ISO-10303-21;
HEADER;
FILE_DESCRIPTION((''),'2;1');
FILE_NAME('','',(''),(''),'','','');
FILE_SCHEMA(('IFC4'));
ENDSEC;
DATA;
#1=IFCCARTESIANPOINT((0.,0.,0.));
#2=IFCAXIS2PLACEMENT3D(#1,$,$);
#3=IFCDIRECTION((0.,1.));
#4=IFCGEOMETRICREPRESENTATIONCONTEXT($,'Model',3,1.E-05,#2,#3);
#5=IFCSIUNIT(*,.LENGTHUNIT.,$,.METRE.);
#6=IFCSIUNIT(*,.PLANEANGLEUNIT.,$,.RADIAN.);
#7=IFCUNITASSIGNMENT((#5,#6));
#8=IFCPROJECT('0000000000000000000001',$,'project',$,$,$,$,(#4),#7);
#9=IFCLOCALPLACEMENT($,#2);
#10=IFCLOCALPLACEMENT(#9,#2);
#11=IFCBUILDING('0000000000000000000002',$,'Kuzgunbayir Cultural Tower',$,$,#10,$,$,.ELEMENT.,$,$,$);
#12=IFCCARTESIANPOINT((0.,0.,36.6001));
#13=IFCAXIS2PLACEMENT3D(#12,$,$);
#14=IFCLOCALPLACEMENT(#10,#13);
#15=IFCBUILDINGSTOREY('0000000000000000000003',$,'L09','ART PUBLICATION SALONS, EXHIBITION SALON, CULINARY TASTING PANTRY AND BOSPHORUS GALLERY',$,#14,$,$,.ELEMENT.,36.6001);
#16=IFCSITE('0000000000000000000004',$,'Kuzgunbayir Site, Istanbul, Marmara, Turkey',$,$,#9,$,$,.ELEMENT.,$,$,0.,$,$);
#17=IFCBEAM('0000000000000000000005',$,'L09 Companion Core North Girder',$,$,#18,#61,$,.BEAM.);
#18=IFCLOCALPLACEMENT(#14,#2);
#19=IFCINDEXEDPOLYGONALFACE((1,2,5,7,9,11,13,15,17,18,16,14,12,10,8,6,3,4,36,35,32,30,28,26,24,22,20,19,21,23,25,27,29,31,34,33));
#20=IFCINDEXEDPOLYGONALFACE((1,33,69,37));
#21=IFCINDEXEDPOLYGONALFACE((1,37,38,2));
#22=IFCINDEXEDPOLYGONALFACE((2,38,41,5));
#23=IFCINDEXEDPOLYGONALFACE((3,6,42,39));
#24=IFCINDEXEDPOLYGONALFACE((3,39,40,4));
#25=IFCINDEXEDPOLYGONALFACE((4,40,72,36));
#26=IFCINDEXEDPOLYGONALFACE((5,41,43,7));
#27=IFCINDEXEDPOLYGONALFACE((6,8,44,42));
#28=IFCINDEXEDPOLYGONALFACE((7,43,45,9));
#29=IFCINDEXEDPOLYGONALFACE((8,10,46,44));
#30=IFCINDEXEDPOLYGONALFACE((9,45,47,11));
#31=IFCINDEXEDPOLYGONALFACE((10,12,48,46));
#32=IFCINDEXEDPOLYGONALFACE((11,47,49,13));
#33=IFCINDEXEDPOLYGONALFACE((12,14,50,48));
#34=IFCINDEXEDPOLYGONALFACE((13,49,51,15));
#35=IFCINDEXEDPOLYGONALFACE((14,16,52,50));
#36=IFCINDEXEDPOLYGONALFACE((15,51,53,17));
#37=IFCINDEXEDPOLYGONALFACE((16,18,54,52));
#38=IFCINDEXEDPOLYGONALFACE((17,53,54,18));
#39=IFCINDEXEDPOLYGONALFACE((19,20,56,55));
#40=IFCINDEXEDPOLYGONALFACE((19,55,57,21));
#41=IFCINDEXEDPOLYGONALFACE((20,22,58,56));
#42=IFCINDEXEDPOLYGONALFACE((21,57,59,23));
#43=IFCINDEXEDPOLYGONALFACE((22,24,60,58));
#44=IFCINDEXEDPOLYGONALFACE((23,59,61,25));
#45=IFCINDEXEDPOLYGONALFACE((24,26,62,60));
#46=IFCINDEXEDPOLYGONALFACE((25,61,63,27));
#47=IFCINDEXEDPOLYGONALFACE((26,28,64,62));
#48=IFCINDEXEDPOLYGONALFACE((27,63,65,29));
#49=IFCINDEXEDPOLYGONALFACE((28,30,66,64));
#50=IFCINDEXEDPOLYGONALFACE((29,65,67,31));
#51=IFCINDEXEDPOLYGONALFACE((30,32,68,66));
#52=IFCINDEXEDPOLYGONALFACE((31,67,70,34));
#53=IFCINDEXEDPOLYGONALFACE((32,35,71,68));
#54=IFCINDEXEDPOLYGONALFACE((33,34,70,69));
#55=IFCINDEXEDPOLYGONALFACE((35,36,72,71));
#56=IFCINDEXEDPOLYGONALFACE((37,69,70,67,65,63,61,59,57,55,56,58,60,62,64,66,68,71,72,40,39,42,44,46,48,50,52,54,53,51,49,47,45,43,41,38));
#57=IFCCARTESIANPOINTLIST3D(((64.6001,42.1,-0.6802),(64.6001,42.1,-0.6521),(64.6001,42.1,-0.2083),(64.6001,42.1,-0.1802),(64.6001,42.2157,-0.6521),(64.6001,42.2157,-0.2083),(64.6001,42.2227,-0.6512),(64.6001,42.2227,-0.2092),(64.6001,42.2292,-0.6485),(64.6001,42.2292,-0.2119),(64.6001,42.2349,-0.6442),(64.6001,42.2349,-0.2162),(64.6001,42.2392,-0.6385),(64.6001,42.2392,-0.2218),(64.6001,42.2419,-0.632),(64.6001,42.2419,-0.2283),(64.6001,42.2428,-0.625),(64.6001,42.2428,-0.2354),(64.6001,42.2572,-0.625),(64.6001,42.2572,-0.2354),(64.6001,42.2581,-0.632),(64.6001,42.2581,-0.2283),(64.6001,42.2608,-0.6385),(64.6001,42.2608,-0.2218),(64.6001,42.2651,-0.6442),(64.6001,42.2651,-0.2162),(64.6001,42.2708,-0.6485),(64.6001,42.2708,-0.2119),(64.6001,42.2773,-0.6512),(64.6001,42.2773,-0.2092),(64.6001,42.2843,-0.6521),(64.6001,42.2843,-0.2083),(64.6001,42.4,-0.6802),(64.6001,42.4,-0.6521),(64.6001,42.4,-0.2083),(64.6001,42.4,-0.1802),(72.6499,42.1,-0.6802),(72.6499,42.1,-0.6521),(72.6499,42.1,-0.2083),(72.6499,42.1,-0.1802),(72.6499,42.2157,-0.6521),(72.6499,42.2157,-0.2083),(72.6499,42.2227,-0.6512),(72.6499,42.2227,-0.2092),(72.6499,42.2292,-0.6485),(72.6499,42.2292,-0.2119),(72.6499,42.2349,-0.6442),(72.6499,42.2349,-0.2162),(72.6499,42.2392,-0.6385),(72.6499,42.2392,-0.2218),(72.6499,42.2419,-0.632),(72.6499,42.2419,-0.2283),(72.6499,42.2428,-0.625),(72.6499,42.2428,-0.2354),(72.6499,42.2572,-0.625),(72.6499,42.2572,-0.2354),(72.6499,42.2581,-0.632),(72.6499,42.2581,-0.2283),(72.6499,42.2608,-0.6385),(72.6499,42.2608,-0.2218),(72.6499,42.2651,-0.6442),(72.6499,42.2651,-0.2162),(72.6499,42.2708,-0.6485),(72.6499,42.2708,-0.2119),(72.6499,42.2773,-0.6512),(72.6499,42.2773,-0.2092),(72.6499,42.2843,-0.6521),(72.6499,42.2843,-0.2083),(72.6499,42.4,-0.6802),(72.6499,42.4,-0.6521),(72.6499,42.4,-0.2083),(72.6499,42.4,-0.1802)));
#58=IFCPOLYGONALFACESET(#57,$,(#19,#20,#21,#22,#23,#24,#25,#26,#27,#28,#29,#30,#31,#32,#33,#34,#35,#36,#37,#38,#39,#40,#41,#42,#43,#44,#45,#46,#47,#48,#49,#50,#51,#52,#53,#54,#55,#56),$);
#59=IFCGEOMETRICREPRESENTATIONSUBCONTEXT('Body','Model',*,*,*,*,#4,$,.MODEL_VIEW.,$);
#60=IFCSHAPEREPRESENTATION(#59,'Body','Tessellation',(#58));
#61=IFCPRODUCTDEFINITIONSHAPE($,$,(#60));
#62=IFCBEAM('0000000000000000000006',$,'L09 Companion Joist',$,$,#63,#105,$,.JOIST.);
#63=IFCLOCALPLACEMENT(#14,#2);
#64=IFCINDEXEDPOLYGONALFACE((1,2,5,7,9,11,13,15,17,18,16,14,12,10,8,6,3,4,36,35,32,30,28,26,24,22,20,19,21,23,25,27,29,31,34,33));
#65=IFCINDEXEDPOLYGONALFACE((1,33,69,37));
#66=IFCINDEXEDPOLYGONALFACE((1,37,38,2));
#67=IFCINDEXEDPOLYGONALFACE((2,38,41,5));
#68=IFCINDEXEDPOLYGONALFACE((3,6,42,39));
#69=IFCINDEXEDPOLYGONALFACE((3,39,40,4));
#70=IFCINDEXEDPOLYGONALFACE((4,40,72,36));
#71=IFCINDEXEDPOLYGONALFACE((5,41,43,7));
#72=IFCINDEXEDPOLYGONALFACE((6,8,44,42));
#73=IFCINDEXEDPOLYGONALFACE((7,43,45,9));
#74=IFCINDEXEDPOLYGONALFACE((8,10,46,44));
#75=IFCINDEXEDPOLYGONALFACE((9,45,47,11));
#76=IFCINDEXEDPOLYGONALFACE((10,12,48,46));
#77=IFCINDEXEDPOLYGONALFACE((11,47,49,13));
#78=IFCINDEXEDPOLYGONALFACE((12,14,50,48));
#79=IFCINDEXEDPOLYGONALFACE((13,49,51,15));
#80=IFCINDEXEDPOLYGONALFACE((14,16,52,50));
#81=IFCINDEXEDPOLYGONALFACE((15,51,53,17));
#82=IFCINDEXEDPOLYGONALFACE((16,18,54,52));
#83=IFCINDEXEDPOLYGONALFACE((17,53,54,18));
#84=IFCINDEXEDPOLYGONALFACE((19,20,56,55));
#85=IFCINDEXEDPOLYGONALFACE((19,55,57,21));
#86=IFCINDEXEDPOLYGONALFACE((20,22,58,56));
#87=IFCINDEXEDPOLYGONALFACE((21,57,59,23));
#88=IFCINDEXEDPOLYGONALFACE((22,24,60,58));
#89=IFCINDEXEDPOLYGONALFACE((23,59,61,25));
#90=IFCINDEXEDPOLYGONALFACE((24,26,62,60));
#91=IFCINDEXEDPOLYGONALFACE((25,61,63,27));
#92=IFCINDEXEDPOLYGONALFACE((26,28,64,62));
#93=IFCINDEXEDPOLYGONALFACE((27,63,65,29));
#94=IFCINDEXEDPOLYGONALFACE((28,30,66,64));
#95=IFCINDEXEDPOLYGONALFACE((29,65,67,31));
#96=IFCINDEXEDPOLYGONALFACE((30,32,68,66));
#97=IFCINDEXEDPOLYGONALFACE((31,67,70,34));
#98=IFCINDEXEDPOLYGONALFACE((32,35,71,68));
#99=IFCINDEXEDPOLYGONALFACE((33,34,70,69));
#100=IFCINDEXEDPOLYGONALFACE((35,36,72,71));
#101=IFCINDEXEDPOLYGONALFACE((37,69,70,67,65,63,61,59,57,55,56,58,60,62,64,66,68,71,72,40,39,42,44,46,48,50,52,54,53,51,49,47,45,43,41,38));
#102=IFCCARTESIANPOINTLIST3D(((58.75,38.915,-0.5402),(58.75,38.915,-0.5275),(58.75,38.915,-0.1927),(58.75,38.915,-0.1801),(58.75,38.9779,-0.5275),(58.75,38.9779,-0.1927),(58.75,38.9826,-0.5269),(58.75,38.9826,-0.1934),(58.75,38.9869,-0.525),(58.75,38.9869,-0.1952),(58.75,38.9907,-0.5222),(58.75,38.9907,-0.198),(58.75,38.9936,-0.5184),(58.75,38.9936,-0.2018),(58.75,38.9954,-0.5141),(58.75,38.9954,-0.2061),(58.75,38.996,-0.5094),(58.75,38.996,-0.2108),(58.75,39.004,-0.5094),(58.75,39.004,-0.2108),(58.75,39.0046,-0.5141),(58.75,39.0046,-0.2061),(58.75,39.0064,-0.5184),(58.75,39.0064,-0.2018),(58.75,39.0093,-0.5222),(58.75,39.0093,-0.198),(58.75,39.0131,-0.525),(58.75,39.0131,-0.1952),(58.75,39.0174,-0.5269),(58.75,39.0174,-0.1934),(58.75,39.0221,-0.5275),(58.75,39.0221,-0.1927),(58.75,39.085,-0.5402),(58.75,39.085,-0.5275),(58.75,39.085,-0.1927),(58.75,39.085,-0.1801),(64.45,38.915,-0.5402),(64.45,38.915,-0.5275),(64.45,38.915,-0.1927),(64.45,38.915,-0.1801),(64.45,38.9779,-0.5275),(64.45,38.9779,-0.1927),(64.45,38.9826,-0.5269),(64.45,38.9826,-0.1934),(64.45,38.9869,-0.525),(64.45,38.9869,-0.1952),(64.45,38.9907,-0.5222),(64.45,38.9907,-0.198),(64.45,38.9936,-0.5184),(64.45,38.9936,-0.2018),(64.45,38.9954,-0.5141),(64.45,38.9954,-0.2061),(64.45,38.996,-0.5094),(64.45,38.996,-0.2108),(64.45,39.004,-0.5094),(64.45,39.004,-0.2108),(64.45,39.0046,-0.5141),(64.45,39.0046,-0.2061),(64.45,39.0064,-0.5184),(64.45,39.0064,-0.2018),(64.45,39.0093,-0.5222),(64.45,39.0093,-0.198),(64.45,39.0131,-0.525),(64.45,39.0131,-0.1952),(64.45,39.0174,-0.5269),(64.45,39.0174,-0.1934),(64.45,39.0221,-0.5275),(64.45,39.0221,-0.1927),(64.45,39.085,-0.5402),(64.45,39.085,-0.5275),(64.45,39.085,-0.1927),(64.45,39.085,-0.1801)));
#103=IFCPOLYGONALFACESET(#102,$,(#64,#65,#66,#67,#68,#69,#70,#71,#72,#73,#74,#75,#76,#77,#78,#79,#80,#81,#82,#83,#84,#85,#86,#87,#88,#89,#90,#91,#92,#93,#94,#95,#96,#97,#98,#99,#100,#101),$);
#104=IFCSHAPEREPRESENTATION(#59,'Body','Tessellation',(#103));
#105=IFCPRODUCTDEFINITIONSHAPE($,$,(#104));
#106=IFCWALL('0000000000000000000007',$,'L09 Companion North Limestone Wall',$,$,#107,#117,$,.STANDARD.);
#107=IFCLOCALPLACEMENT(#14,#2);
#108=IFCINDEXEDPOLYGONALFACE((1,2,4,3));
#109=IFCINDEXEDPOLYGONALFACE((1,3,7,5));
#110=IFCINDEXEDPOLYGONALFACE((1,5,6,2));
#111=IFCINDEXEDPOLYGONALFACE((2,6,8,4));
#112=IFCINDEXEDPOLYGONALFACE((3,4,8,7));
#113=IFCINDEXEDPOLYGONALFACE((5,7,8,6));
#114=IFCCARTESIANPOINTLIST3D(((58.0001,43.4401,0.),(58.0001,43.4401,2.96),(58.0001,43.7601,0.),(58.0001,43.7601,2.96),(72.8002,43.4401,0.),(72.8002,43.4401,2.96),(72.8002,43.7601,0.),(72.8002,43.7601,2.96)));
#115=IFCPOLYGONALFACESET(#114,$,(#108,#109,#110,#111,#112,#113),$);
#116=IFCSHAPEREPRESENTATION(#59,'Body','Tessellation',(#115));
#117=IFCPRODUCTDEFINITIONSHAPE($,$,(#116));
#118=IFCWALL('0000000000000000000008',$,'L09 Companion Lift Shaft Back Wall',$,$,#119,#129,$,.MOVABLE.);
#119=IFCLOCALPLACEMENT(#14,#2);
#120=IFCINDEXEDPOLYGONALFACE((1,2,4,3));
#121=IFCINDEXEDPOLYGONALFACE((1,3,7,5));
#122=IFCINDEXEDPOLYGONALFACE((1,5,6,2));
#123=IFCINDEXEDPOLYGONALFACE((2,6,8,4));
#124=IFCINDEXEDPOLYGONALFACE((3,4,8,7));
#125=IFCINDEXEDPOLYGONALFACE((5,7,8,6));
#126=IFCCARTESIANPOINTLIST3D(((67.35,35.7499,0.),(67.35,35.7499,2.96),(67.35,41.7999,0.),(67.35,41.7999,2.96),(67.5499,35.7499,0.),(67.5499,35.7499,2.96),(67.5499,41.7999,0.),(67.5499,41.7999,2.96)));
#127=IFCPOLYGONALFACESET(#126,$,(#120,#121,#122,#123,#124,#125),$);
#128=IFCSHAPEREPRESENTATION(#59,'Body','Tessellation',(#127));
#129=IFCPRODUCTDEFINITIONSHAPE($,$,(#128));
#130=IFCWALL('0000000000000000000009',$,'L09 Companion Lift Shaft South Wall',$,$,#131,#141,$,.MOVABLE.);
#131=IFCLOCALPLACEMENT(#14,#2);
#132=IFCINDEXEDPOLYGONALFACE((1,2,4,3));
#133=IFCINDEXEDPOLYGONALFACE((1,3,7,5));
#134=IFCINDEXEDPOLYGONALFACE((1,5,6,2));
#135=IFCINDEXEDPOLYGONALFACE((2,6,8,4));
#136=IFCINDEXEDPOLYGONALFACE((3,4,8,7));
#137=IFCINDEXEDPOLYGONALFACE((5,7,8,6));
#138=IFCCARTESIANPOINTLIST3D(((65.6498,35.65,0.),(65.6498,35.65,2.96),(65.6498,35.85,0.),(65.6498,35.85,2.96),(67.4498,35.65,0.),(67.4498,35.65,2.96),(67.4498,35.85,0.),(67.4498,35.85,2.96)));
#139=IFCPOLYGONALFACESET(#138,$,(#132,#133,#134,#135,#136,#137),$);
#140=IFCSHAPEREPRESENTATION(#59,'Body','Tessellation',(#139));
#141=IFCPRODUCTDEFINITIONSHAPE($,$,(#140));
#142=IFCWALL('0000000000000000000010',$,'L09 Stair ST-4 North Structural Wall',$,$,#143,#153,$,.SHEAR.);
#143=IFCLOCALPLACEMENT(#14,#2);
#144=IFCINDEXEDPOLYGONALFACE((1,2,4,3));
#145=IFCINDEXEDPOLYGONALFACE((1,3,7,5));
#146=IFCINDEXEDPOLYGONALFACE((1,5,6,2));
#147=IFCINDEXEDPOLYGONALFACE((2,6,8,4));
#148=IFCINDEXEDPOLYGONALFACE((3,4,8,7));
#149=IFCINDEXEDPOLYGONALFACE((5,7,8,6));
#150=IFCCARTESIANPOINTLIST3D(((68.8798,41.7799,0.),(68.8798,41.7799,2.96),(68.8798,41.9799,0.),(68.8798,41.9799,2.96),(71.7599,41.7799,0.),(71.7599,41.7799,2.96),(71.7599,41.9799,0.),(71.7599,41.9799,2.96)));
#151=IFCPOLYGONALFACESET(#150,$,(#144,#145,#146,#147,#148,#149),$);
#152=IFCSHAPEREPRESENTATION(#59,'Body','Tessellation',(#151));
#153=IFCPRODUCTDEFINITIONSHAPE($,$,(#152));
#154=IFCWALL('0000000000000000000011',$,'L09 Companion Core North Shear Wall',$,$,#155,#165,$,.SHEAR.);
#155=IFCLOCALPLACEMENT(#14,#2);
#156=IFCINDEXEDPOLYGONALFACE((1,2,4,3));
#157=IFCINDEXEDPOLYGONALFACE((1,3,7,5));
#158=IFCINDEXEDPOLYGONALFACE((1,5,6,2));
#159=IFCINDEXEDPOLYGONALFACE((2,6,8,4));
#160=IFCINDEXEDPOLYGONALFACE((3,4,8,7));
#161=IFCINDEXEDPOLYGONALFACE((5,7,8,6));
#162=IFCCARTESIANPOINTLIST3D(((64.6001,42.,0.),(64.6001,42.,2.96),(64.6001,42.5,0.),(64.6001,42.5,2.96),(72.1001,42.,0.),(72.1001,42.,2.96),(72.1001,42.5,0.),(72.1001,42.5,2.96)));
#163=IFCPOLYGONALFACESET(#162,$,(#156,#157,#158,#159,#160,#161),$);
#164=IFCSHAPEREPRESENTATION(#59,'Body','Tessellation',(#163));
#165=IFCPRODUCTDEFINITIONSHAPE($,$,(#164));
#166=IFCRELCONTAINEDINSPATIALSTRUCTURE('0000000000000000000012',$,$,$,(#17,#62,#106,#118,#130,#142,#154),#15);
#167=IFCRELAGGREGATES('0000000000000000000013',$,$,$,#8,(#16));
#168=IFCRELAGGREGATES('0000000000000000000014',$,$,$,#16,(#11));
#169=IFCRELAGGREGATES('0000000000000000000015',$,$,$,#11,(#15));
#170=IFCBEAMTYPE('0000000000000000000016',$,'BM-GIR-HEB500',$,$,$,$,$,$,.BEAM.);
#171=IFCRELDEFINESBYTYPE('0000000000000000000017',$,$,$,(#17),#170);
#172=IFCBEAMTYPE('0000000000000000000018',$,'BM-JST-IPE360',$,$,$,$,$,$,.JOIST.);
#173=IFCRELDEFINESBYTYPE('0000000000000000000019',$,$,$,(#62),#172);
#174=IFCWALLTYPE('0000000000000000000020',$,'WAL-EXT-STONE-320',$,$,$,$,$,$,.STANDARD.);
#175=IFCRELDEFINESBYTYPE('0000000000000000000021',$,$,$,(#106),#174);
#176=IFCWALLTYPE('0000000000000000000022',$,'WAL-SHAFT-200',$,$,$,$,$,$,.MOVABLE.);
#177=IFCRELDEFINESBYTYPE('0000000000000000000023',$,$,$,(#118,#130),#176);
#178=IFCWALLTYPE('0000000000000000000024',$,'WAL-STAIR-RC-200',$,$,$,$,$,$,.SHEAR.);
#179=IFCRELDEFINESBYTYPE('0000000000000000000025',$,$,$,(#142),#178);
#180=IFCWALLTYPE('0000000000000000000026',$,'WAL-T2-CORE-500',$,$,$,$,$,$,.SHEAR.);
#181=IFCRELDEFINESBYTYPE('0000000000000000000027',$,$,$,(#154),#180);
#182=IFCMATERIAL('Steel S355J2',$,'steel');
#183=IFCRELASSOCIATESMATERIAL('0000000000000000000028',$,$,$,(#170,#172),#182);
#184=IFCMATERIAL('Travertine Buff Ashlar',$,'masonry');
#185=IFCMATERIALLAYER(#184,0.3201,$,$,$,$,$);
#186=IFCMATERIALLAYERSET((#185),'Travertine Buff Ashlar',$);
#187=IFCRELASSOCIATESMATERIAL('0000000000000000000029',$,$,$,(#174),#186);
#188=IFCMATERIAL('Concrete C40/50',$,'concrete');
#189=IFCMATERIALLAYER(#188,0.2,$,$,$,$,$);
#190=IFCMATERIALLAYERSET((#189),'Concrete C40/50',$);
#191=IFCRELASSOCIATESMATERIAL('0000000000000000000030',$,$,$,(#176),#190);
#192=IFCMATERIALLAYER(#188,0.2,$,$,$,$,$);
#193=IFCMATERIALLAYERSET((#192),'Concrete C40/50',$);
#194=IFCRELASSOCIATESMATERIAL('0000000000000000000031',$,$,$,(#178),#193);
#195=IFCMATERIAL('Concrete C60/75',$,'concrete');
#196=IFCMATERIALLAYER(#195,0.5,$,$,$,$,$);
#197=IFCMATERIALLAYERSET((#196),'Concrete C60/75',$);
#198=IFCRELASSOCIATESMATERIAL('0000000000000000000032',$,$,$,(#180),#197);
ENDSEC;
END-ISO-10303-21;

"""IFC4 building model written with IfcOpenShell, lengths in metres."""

from ifc_helpers import new_model, si_unit, direction, frame, frame_2d, origin, origin_2d, place, context, subcontext, project, spatial, rectangle, i_section, extrude, material, layer, layer_set, material_profile, profile_set, type_object, element, save


model = new_model("IFC4")

# Units and contexts
model_context = context("Model", 3, precision=1e-05, world=origin(), true_north=direction((0.0, 1.0)))
body_context = subcontext(model_context, "Body", "Model", "MODEL_VIEW")
ifc_project = project(units=[si_unit("LENGTHUNIT", "METRE"), si_unit("PLANEANGLEUNIT", "RADIAN")], contexts=[model_context])

# Site, building, storey
site_placement = place(None, origin())
site = spatial("IfcSite", under=ifc_project, at=site_placement, Name="Kuzgunbayir Site, Istanbul, Marmara, Turkey", CompositionType="ELEMENT", RefElevation=0.0)
building_placement = place(site_placement, origin())
building = spatial("IfcBuilding", under=site, at=building_placement, Name="Kuzgunbayir Cultural Tower", CompositionType="ELEMENT")
storey_placement = place(building_placement, frame((0.0, 0.0, 36.6001)))
storey = spatial("IfcBuildingStorey", under=building, at=storey_placement, Name="L09", Description="ART PUBLICATION SALONS, EXHIBITION SALON, CULINARY TASTING PANTRY AND BOSPHORUS GALLERY", CompositionType="ELEMENT", Elevation=36.6001)

# Shared definitions
ifc_material_1 = material(Name="Concrete C60/75", Category="concrete")

# Beams
ifc_material_2 = material(Name="Steel S355J2", Category="steel")
ifc_material_profile_1 = material_profile(ifc_material_2, i_section(OverallWidth=0.3, OverallDepth=0.5, WebThickness=0.0144, FlangeThickness=0.0281, FilletRadius=0.0271, at=origin_2d()), Name="HEB 500")
ifc_profile_set_1 = profile_set([ifc_material_profile_1], Name="Steel S355J2")
beam_type_1 = type_object("IfcBeamType", Name="BM-GIR-HEB500", PredefinedType="BEAM", material=ifc_profile_set_1)
beam_1_placement = place(storey_placement, frame((64.6001, 42.25, -0.4302), z_axis=(1.0, 0.0, 0.0), x_axis=(0.0, 1.0, 0.0)))
element("IfcBeam", 1, at=beam_1_placement, inside=storey, type_object=beam_type_1, Name="L09 Companion Core North Girder", PredefinedType="BEAM", context=body_context, shape_type="SweptSolid", body=[
    extrude(i_section(OverallWidth=0.3, OverallDepth=0.5, WebThickness=0.0144, FlangeThickness=0.0281, FilletRadius=0.0271, at=origin_2d()), origin(), (0.0, 0.0, 1.0), 8.0498),
])
ifc_material_profile_2 = material_profile(ifc_material_2, i_section(OverallWidth=0.1699, OverallDepth=0.3601, WebThickness=0.0081, FlangeThickness=0.0127, FilletRadius=0.0181, at=origin_2d()), Name="IPE 360")
ifc_profile_set_2 = profile_set([ifc_material_profile_2], Name="Steel S355J2")
beam_type_2 = type_object("IfcBeamType", Name="BM-JST-IPE360", PredefinedType="JOIST", material=ifc_profile_set_2)
beam_2_placement = place(storey_placement, frame((58.75, 39.0, -0.3601), z_axis=(1.0, 0.0, 0.0), x_axis=(0.0, 1.0, 0.0)))
element("IfcBeam", 2, at=beam_2_placement, inside=storey, type_object=beam_type_2, Name="L09 Companion Joist", PredefinedType="JOIST", context=body_context, shape_type="SweptSolid", body=[
    extrude(i_section(OverallWidth=0.1699, OverallDepth=0.3601, WebThickness=0.0081, FlangeThickness=0.0127, FilletRadius=0.0181, at=origin_2d()), origin(), (0.0, 0.0, 1.0), 5.7),
])

# Wall
ifc_material_3 = material(Name="Travertine Buff Ashlar", Category="masonry")
ifc_layer_1 = layer(ifc_material_3, 0.3201)
ifc_layer_set_1 = layer_set([ifc_layer_1], Name="Travertine Buff Ashlar")
wall_type_1 = type_object("IfcWallType", Name="WAL-EXT-STONE-320", PredefinedType="STANDARD", material=ifc_layer_set_1)
wall_1_placement = place(storey_placement, frame((72.8, 43.6001, 0.0), z_axis=(0.0, 0.0, 1.0), x_axis=(-1.0, 0.0, 0.0)))
element("IfcWall", 3, at=wall_1_placement, inside=storey, type_object=wall_type_1, Name="L09 Companion North Limestone Wall", PredefinedType="STANDARD", context=body_context, shape_type="SweptSolid", body=[
    extrude(rectangle(XDim=14.8, YDim=0.3201, at=frame_2d((7.3999, 0.0))), origin(), (0.0, 0.0, 1.0), 2.96),
])

# Shared definitions
ifc_material_4 = material(Name="Concrete C40/50", Category="concrete")
ifc_layer_2 = layer(ifc_material_4, 0.2)
ifc_layer_set_2 = layer_set([ifc_layer_2], Name="Concrete C40/50")
wall_type_2 = type_object("IfcWallType", Name="WAL-SHAFT-200", PredefinedType="MOVABLE", material=ifc_layer_set_2)

# Walls
wall_2_placement = place(storey_placement, frame((67.45, 35.75, 0.0), z_axis=(0.0, 0.0, 1.0), x_axis=(0.0, 1.0, 0.0)))
element("IfcWall", 4, at=wall_2_placement, inside=storey, type_object=wall_type_2, Name="L09 Companion Lift Shaft Back Wall", PredefinedType="MOVABLE", context=body_context, shape_type="SweptSolid", body=[
    extrude(rectangle(XDim=6.05, YDim=0.2, at=frame_2d((3.0249, 0.0))), origin(), (0.0, 0.0, 1.0), 2.96),
])
wall_3_placement = place(storey_placement, frame((65.6499, 35.75, 0.0), z_axis=(0.0, 0.0, 1.0), x_axis=(1.0, 0.0, 0.0)))
element("IfcWall", 5, at=wall_3_placement, inside=storey, type_object=wall_type_2, Name="L09 Companion Lift Shaft South Wall", PredefinedType="MOVABLE", context=body_context, shape_type="SweptSolid", body=[
    extrude(rectangle(XDim=1.8, YDim=0.2, at=frame_2d((0.8999, 0.0))), origin(), (0.0, 0.0, 1.0), 2.96),
])
ifc_layer_3 = layer(ifc_material_4, 0.2)
ifc_layer_set_3 = layer_set([ifc_layer_3], Name="Concrete C40/50")
wall_type_3 = type_object("IfcWallType", Name="WAL-STAIR-RC-200", PredefinedType="SHEAR", material=ifc_layer_set_3)
wall_4_placement = place(storey_placement, frame((68.8799, 41.8799, 0.0), z_axis=(0.0, 0.0, 1.0), x_axis=(1.0, 0.0, 0.0)))
element("IfcWall", 6, at=wall_4_placement, inside=storey, type_object=wall_type_3, Name="L09 Stair ST-4 North Structural Wall", PredefinedType="SHEAR", context=body_context, shape_type="SweptSolid", body=[
    extrude(rectangle(XDim=2.8801, YDim=0.2, at=frame_2d((1.4399, 0.0))), origin(), (0.0, 0.0, 1.0), 2.96),
])
ifc_layer_4 = layer(ifc_material_1, 0.5)
ifc_layer_set_4 = layer_set([ifc_layer_4], Name="Concrete C60/75")
wall_type_4 = type_object("IfcWallType", Name="WAL-T2-CORE-500", PredefinedType="SHEAR", material=ifc_layer_set_4)
wall_5_placement = place(storey_placement, frame((64.6001, 42.25, 0.0), z_axis=(0.0, 0.0, 1.0), x_axis=(1.0, 0.0, 0.0)))
element("IfcWall", 7, at=wall_5_placement, inside=storey, type_object=wall_type_4, Name="L09 Companion Core North Shear Wall", PredefinedType="SHEAR", context=body_context, shape_type="SweptSolid", body=[
    extrude(rectangle(XDim=7.5, YDim=0.5, at=frame_2d((3.75, 0.0))), origin(), (0.0, 0.0, 1.0), 2.96),
])

save(model, "model.ifc")
